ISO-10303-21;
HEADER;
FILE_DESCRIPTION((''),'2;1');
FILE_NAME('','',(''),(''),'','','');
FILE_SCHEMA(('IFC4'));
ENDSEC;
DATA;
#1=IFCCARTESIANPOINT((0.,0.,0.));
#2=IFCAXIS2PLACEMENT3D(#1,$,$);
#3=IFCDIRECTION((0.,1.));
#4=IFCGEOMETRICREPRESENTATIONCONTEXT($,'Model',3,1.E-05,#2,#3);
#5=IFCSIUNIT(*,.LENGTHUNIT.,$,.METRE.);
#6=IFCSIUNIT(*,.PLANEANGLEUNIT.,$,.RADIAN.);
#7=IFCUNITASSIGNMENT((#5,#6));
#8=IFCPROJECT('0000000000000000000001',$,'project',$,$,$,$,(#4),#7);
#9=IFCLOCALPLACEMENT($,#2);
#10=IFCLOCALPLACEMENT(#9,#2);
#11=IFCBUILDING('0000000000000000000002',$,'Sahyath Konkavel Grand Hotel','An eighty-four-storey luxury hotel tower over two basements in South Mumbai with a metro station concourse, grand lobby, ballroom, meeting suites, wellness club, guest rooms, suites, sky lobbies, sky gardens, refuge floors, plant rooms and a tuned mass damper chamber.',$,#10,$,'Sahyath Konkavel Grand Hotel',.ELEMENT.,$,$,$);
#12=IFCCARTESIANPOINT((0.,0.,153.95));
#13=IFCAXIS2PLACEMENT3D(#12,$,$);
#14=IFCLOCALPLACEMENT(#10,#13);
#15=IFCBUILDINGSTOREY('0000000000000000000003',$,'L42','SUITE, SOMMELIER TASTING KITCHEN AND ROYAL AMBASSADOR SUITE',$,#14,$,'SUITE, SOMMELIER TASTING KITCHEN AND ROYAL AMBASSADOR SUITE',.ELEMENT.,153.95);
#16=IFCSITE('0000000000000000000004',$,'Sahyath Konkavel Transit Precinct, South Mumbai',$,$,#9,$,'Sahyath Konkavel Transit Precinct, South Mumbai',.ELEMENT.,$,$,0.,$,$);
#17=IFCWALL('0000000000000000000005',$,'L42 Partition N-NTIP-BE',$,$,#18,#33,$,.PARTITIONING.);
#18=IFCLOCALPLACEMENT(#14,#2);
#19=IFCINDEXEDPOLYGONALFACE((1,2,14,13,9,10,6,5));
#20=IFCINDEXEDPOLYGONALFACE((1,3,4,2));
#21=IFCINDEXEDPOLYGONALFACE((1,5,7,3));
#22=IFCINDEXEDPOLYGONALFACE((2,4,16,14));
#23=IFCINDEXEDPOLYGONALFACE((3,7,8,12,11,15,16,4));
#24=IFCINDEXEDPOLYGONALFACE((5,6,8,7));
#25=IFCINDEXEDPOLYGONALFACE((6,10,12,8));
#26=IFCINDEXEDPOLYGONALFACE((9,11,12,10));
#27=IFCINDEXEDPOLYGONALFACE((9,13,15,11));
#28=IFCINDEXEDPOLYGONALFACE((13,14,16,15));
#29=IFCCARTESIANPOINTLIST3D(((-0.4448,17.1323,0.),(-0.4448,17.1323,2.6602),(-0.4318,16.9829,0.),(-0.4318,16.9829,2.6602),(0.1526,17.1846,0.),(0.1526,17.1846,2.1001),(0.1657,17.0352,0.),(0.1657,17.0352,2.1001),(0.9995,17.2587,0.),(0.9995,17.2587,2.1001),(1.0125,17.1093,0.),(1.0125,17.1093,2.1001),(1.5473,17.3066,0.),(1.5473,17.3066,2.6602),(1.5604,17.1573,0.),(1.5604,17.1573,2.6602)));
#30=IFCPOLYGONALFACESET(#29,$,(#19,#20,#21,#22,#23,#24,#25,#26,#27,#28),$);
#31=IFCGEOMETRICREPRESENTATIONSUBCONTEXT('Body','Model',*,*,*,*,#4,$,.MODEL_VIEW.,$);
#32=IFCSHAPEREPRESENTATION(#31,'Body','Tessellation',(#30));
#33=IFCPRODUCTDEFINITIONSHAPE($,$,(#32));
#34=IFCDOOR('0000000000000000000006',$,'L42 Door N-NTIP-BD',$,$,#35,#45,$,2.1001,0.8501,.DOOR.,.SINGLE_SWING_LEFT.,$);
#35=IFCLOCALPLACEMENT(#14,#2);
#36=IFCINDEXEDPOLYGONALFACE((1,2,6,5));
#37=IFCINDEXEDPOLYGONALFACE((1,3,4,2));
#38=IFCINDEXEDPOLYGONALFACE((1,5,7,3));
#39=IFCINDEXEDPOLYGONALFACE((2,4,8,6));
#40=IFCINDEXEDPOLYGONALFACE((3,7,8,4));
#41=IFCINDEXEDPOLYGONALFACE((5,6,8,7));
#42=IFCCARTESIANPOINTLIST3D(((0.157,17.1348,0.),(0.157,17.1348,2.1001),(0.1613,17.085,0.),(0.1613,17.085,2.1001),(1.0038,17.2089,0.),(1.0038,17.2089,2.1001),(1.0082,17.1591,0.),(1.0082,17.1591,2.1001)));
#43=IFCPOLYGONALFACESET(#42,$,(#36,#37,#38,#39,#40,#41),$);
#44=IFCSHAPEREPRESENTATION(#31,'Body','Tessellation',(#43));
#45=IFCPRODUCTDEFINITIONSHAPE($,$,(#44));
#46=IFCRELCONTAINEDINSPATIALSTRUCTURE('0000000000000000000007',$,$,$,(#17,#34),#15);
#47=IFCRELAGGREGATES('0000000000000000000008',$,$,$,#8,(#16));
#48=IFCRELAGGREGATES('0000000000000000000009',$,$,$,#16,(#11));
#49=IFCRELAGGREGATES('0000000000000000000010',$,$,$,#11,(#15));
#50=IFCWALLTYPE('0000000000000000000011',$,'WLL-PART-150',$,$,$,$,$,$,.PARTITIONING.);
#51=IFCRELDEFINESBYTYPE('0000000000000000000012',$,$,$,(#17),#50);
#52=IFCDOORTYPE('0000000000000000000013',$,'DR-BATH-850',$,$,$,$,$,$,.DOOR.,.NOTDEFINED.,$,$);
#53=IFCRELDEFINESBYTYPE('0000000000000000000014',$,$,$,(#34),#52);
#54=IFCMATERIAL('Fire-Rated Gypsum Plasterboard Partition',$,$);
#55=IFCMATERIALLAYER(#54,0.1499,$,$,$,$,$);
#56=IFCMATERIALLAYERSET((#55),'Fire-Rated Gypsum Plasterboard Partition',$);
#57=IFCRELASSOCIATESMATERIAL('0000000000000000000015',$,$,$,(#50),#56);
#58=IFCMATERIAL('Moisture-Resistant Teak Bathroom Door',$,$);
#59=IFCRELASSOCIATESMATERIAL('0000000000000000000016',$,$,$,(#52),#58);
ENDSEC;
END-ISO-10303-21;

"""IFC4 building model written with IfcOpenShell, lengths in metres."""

from ifc_helpers import new_model, si_unit, direction, frame, frame_2d, origin, origin_2d, place, context, subcontext, project, spatial, rectangle, extrude, source, transform, mapped, material, layer, layer_set, type_object, element, fill, save


model = new_model("IFC4")

# Units and contexts
model_context = context("Model", 3, precision=1e-05, world=origin(), true_north=direction((0.0, 1.0)))
body_context = subcontext(model_context, "Body", "Model", "MODEL_VIEW")
ifc_project = project(units=[si_unit("LENGTHUNIT", "METRE"), si_unit("PLANEANGLEUNIT", "RADIAN")], contexts=[model_context])

# Site, building, storey
site_placement = place(None, origin())
site = spatial("IfcSite", under=ifc_project, at=site_placement, Name="Sahyath Konkavel Transit Precinct, South Mumbai", LongName="Sahyath Konkavel Transit Precinct, South Mumbai", CompositionType="ELEMENT", RefElevation=0.0)
building_placement = place(site_placement, origin())
building = spatial("IfcBuilding", under=site, at=building_placement, Name="Sahyath Konkavel Grand Hotel", Description="An eighty-four-storey luxury hotel tower over two basements in South Mumbai with a metro station concourse, grand lobby, ballroom, meeting suites, wellness club, guest rooms, suites, sky lobbies, sky gardens, refuge floors, plant rooms and a tuned mass damper chamber.", LongName="Sahyath Konkavel Grand Hotel", CompositionType="ELEMENT")
storey_placement = place(building_placement, frame((0.0, 0.0, 153.95)))
storey = spatial("IfcBuildingStorey", under=building, at=storey_placement, Name="L42", Description="SUITE, SOMMELIER TASTING KITCHEN AND ROYAL AMBASSADOR SUITE", LongName="SUITE, SOMMELIER TASTING KITCHEN AND ROYAL AMBASSADOR SUITE", CompositionType="ELEMENT", Elevation=153.95)

# Shared definitions
shared_shape_1 = source(origin(), body_context, "Body", "SweptSolid", [
    extrude(rectangle(XDim=0.8501, YDim=0.05, at=origin_2d()), origin(), (0.0, 0.0, 1.0), 2.1001),
])

# Shared definitions
ifc_material_1 = material(Name="Fire-Rated Gypsum Plasterboard Partition")
ifc_layer_1 = layer(ifc_material_1, 0.1499)
ifc_layer_set_1 = layer_set([ifc_layer_1], Name="Fire-Rated Gypsum Plasterboard Partition")
wall_type_1 = type_object("IfcWallType", Name="WLL-PART-150", PredefinedType="PARTITIONING", material=ifc_layer_set_1)

# Wall, opening, door
wall_1_placement = place(storey_placement, frame((1.554, 17.2319, 0.0), z_axis=(0.0, 0.0, 1.0), x_axis=(-0.996194, -0.087167, 0.0)))
wall_1 = element("IfcWall", 1, at=wall_1_placement, inside=storey, type_object=wall_type_1, Name="L42 Partition N-NTIP-BE", PredefinedType="PARTITIONING", context=body_context, shape_type="SweptSolid", body=[
    extrude(rectangle(XDim=1.9998, YDim=0.1499, at=frame_2d((1.0, 0.0))), origin(), (0.0, 0.0, 1.0), 2.6602),
])
opening_1_placement = place(wall_1_placement, frame((0.55, 0.0, 0.0)))
opening_1 = element("IfcOpeningElement", 2, at=opening_1_placement, cuts=wall_1, PredefinedType="OPENING", context=body_context, shape_type="SweptSolid", body=[
    extrude(rectangle(XDim=0.8501, YDim=2.1001, at=frame_2d((0.425, 1.05))), frame((0.0, 0.085, 0.0), z_axis=(0.0, -1.0, 0.0), x_axis=(1.0, 0.0, 0.0)), (0.0, 0.0, 1.0), 0.1699),
])
ifc_material_2 = material(Name="Moisture-Resistant Teak Bathroom Door")
door_type_1 = type_object("IfcDoorType", Name="DR-BATH-850", OperationType="NOTDEFINED", PredefinedType="DOOR", material=ifc_material_2)
door_1_placement = place(opening_1_placement, frame((0.425, 0.0, 0.0)))
door_1 = element("IfcDoor", 3, at=door_1_placement, inside=storey, type_object=door_type_1, Name="L42 Door N-NTIP-BD", OperationType="SINGLE_SWING_LEFT", OverallHeight=2.1001, OverallWidth=0.8501, PredefinedType="DOOR", context=body_context, shape_type="MappedRepresentation", body=[
    mapped(shared_shape_1, transform((0.0, 0.0, 0.0), scale=1.0)),
])
fill(opening_1, door_1)

save(model, "model.ifc")
